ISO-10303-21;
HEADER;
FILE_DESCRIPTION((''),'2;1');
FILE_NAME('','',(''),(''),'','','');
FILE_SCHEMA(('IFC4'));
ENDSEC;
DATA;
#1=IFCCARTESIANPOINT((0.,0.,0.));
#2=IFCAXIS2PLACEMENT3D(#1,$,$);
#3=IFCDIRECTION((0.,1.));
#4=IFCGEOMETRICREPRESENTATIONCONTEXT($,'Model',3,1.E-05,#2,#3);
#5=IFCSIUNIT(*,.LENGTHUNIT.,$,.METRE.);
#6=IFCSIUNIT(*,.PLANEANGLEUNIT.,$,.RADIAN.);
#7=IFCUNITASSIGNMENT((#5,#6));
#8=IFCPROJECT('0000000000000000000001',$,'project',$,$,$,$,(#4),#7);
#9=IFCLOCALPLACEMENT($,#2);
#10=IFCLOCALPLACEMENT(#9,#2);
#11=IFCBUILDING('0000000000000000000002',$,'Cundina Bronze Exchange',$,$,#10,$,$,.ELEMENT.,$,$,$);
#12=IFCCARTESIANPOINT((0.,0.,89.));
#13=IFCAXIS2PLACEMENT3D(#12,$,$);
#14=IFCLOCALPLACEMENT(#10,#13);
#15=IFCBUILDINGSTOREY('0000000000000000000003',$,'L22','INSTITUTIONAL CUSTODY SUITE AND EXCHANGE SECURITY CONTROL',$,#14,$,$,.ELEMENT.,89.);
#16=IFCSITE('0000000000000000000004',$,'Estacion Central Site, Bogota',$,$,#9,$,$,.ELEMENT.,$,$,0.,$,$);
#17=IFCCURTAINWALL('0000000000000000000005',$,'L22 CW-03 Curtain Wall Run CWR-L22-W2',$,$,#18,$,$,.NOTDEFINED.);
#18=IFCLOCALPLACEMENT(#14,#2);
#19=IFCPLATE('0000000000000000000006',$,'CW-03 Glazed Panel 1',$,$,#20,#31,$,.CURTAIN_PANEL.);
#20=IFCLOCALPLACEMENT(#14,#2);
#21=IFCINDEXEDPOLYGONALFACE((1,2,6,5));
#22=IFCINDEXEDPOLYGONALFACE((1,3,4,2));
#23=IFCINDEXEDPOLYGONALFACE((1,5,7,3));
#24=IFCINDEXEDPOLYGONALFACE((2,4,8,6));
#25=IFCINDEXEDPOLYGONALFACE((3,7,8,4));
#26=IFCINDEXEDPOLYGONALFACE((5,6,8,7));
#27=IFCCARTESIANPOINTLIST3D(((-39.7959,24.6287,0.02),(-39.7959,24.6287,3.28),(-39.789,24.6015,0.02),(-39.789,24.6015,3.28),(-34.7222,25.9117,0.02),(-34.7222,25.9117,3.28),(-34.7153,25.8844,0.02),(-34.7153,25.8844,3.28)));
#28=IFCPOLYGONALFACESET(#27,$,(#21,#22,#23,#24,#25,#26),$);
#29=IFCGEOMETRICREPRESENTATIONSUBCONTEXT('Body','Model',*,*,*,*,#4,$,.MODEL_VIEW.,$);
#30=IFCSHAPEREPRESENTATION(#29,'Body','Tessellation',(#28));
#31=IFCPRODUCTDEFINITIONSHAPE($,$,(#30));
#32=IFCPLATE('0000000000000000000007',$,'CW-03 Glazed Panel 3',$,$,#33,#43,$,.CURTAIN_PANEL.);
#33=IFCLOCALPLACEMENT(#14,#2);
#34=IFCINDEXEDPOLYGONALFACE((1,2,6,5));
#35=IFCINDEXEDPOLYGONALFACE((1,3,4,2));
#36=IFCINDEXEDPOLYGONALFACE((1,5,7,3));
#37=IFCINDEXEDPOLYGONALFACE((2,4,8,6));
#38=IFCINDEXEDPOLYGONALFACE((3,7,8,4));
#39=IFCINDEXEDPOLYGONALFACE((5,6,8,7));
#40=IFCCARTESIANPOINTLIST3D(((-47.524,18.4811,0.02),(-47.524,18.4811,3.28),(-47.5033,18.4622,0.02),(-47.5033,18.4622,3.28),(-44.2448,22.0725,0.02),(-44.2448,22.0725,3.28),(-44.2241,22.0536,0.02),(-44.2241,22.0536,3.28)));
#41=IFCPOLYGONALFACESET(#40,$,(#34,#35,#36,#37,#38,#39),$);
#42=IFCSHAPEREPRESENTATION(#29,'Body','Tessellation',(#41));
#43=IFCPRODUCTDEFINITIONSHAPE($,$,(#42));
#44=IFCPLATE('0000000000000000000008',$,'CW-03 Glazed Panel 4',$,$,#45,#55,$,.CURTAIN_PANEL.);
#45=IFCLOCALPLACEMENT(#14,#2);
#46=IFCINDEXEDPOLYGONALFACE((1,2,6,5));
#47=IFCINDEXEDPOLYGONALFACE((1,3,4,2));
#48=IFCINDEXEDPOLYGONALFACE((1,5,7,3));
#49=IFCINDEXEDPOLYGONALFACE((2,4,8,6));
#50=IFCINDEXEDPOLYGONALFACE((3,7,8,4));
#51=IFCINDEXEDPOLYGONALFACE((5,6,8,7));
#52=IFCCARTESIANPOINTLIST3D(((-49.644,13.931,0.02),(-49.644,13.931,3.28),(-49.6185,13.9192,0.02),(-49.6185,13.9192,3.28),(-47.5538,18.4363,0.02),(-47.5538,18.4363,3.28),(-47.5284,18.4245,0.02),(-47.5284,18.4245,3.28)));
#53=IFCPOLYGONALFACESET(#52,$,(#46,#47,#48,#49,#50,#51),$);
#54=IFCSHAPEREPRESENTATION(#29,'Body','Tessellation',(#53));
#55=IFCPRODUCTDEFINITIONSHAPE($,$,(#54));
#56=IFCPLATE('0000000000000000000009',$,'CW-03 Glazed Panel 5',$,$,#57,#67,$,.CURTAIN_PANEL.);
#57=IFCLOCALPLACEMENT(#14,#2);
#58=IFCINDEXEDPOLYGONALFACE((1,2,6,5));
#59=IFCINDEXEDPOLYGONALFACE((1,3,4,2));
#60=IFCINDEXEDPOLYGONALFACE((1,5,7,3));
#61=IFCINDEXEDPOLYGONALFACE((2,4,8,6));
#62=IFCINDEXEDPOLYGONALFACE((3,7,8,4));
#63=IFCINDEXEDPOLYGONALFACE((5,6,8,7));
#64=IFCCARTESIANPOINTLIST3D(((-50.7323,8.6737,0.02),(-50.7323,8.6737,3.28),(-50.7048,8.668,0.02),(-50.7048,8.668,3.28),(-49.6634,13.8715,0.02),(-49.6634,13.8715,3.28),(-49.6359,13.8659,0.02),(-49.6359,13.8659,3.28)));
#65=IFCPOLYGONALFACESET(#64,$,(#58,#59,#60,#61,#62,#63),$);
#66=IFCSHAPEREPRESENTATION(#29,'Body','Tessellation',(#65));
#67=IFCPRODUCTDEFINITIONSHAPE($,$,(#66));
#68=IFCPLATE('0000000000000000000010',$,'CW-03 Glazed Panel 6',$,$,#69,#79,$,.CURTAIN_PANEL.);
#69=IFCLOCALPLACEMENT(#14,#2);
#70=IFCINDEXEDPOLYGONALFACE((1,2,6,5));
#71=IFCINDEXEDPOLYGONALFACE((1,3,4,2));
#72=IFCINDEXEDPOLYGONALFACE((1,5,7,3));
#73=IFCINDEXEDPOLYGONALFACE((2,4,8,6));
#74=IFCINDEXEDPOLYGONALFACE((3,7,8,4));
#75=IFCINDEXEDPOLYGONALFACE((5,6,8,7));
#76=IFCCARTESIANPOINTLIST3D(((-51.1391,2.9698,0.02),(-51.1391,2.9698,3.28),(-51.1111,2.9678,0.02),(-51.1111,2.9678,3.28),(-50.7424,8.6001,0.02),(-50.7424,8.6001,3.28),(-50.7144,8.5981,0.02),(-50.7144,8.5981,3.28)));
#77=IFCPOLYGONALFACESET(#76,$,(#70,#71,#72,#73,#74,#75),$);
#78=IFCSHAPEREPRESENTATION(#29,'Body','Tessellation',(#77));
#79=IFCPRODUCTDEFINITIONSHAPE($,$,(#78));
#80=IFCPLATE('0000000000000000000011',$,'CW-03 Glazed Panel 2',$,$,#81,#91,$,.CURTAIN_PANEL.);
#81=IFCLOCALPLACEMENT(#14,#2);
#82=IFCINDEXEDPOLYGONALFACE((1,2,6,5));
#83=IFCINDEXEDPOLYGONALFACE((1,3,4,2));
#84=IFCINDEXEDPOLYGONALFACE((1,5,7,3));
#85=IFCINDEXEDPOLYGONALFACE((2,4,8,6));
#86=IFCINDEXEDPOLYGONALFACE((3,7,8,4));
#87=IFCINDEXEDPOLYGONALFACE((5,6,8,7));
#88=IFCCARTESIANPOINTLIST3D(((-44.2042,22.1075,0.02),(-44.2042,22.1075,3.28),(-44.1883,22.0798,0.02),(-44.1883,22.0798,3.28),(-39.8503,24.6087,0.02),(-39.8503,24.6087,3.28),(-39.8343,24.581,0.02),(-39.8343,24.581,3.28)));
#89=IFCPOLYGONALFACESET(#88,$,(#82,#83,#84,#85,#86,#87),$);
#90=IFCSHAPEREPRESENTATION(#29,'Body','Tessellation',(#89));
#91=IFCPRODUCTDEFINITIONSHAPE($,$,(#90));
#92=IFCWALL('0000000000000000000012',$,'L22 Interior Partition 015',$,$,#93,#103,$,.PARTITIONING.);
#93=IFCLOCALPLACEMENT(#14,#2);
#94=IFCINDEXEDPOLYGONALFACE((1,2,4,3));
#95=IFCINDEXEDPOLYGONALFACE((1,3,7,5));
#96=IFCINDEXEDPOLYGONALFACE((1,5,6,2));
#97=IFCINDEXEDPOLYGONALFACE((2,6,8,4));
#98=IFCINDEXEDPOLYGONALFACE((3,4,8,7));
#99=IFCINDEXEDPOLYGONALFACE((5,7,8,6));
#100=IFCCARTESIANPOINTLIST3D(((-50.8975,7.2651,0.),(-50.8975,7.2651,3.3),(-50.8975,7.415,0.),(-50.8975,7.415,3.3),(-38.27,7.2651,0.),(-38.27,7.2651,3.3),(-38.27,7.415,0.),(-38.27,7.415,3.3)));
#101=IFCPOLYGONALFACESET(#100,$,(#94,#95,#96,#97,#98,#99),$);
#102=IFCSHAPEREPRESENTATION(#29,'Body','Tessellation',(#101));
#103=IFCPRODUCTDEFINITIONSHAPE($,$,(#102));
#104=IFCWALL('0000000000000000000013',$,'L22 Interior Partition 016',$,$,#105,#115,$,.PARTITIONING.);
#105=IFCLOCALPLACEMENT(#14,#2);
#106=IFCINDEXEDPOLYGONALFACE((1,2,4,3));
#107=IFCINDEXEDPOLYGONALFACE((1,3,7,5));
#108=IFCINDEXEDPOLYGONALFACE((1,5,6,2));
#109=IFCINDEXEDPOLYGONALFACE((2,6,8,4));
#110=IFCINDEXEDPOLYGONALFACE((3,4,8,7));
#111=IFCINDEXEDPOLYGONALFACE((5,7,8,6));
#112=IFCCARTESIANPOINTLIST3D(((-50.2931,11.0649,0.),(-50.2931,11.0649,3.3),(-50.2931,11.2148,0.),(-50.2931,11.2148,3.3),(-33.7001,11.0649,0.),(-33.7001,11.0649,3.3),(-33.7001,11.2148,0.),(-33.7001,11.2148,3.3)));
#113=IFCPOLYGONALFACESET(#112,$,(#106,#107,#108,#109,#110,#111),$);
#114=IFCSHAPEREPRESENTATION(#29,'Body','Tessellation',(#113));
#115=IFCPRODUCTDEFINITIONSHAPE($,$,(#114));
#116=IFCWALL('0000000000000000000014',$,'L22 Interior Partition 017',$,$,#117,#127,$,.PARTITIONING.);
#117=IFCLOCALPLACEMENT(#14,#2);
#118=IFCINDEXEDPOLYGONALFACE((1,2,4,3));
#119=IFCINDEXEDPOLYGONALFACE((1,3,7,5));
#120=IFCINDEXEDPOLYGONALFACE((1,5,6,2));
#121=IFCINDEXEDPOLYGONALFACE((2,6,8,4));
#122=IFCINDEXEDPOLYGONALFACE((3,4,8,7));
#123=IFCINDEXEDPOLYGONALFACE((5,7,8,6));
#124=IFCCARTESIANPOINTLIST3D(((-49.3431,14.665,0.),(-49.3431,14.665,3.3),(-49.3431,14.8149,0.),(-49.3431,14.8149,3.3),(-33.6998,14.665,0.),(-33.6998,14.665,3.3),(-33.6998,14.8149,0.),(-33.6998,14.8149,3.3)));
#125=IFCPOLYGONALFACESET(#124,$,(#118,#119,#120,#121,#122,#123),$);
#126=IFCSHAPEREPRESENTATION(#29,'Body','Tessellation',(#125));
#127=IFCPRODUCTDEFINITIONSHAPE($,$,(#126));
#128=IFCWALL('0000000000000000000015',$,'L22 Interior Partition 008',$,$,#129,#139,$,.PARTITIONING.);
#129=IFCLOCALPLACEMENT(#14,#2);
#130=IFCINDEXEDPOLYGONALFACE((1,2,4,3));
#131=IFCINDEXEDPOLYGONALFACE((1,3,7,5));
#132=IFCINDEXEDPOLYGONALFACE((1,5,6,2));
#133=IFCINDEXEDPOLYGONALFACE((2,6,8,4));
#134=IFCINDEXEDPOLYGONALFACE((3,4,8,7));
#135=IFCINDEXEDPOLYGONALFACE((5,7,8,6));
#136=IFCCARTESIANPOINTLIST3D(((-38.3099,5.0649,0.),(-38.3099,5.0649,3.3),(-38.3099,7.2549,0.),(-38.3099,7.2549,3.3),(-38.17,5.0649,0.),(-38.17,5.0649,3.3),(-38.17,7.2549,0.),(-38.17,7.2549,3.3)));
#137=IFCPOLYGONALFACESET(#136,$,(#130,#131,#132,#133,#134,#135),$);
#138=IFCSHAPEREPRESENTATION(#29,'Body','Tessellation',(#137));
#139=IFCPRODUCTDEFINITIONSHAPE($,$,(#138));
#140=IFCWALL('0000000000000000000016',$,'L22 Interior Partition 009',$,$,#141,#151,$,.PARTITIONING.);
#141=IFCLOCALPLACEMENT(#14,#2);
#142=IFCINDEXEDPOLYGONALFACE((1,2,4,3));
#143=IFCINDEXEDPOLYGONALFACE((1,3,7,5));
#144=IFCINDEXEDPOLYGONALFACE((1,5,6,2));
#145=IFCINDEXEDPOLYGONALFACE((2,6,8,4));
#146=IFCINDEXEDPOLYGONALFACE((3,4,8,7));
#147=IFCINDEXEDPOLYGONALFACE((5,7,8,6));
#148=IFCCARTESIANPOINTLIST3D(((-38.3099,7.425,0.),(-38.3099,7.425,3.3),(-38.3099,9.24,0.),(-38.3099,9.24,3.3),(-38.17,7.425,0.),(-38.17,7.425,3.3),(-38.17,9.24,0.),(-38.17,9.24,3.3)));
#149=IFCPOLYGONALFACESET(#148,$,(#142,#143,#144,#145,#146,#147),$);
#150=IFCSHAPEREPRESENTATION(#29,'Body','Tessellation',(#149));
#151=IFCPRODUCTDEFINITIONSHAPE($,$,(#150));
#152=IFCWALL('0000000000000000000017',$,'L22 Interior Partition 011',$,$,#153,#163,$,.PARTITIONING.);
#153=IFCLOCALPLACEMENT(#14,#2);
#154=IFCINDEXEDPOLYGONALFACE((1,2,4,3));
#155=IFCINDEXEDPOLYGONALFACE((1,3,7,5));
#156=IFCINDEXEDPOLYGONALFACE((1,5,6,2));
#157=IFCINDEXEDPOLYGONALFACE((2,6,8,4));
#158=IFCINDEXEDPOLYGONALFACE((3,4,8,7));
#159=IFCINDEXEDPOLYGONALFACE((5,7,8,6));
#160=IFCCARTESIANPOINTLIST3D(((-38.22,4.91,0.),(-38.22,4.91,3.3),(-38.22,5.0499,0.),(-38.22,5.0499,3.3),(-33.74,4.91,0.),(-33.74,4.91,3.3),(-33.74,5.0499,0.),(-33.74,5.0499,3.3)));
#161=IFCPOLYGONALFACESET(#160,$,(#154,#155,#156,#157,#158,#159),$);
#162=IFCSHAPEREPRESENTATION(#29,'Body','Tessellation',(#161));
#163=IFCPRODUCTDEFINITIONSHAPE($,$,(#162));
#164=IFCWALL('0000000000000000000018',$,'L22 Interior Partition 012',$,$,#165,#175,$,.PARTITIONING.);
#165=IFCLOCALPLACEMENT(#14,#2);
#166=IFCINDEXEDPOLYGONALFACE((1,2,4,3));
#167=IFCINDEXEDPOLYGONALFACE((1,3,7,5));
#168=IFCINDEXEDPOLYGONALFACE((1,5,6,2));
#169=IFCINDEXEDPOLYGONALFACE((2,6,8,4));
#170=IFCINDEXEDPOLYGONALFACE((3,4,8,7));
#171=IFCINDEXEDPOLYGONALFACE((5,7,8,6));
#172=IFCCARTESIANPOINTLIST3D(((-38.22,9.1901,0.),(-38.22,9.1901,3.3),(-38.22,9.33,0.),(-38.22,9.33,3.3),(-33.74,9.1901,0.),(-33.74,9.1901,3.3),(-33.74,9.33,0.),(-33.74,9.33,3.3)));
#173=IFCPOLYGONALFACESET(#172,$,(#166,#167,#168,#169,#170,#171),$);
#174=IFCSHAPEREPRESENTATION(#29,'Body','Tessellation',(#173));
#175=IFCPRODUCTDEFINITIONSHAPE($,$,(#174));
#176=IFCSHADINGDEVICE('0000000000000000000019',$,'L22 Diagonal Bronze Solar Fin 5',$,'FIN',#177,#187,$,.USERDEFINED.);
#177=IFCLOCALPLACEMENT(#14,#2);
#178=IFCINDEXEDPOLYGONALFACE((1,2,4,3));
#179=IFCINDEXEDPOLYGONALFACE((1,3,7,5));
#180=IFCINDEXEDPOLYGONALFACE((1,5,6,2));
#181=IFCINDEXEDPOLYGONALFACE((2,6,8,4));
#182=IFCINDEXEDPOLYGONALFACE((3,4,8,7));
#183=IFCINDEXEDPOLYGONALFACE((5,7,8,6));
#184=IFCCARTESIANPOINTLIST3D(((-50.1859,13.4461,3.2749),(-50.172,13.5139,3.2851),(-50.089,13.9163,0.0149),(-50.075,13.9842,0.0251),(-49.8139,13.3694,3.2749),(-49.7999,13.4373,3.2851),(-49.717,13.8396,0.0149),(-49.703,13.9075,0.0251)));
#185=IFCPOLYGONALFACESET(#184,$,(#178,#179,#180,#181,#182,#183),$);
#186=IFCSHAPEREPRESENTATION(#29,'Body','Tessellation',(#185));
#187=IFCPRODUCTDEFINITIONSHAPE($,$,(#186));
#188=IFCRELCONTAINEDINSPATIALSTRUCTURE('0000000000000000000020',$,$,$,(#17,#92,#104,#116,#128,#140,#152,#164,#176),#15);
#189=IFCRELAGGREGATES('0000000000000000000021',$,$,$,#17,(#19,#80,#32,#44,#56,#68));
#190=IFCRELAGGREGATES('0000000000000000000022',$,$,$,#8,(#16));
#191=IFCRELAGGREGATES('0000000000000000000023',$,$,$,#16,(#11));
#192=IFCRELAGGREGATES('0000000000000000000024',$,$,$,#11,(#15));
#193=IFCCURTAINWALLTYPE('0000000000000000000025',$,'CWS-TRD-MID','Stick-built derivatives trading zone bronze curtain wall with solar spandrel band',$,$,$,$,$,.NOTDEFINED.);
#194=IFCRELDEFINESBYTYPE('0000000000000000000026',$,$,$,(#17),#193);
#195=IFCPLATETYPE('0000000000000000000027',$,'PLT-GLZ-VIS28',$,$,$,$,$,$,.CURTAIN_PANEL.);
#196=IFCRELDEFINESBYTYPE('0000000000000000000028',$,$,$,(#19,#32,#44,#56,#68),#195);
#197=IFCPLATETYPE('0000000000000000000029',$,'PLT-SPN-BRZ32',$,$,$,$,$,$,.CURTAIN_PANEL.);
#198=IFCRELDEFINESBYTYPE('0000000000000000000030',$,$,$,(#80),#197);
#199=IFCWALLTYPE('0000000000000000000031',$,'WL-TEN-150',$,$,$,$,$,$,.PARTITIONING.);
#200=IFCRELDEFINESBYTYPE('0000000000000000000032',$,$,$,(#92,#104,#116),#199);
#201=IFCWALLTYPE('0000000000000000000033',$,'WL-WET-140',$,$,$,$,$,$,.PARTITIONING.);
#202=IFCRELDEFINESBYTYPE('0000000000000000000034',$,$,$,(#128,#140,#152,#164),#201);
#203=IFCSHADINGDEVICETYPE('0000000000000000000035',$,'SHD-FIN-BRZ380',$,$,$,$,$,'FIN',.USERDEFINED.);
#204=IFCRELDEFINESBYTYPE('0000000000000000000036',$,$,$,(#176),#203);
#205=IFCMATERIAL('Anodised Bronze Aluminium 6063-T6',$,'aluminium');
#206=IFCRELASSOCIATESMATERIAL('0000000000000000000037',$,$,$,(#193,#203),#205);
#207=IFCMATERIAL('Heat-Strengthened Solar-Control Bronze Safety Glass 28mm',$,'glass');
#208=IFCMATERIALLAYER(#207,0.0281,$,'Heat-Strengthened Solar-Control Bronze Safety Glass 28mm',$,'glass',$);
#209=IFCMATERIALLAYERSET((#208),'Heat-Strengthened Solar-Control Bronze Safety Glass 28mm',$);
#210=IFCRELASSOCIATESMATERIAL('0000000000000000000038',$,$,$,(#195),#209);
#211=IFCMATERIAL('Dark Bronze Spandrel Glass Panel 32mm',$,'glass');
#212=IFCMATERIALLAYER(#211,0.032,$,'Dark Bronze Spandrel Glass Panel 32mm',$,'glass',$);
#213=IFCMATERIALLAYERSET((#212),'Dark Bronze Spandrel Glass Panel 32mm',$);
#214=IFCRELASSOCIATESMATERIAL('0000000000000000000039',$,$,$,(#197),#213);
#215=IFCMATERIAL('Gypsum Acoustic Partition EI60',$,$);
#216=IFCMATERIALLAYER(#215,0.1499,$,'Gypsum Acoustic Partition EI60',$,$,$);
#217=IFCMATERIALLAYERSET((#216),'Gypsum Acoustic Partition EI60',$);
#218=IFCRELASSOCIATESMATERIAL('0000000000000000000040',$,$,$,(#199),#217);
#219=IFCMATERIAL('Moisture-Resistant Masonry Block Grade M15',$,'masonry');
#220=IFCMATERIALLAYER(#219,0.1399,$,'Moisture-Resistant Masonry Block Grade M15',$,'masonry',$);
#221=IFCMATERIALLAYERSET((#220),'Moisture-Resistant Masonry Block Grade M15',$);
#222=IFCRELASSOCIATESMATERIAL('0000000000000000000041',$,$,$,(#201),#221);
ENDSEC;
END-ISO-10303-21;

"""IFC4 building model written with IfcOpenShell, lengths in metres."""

from ifc_helpers import new_model, si_unit, direction, frame, frame_2d, origin, origin_2d, place, context, subcontext, project, spatial, rectangle, extrude, material, layer, layer_set, material_profile, profile_set, type_object, element, aggregate, save


model = new_model("IFC4")

# Units and contexts
model_context = context("Model", 3, precision=1e-05, world=origin(), true_north=direction((0.0, 1.0)))
body_context = subcontext(model_context, "Body", "Model", "MODEL_VIEW")
ifc_project = project(units=[si_unit("LENGTHUNIT", "METRE"), si_unit("PLANEANGLEUNIT", "RADIAN")], contexts=[model_context])

# Site, building, storey
site_placement = place(None, origin())
site = spatial("IfcSite", under=ifc_project, at=site_placement, Name="Estacion Central Site, Bogota", CompositionType="ELEMENT", RefElevation=0.0)
building_placement = place(site_placement, origin())
building = spatial("IfcBuilding", under=site, at=building_placement, Name="Cundina Bronze Exchange", CompositionType="ELEMENT")
storey_placement = place(building_placement, frame((0.0, 0.0, 89.0)))
storey = spatial("IfcBuildingStorey", under=building, at=storey_placement, Name="L22", Description="INSTITUTIONAL CUSTODY SUITE AND EXCHANGE SECURITY CONTROL", CompositionType="ELEMENT", Elevation=89.0)

# Curtain wall, plates
ifc_material_1 = material(Name="Anodised Bronze Aluminium 6063-T6", Category="aluminium")
curtain_wall_type = type_object("IfcCurtainWallType", Name="CWS-TRD-MID", Description="Stick-built derivatives trading zone bronze curtain wall with solar spandrel band", PredefinedType="NOTDEFINED", material=ifc_material_1)
curtain_wall_placement = place(storey_placement, origin())
curtain_wall = element("IfcCurtainWall", 1, at=curtain_wall_placement, inside=storey, type_object=curtain_wall_type, Name="L22 CW-03 Curtain Wall Run CWR-L22-W2", PredefinedType="NOTDEFINED")
ifc_material_2 = material(Name="Heat-Strengthened Solar-Control Bronze Safety Glass 28mm", Category="glass")
ifc_layer_1 = layer(ifc_material_2, 0.0281, Name="Heat-Strengthened Solar-Control Bronze Safety Glass 28mm", Category="glass")
ifc_layer_set_1 = layer_set([ifc_layer_1], Name="Heat-Strengthened Solar-Control Bronze Safety Glass 28mm")
plate_type_1 = type_object("IfcPlateType", Name="PLT-GLZ-VIS28", PredefinedType="CURTAIN_PANEL", material=ifc_layer_set_1)
plate_1_placement = place(storey_placement, frame((-37.2556, 25.2566, 0.02), z_axis=(0.0, 0.0, 1.0), x_axis=(-0.969488, -0.245138, 0.0)))
plate_1 = element("IfcPlate", 2, at=plate_1_placement, type_object=plate_type_1, Name="CW-03 Glazed Panel 1", PredefinedType="CURTAIN_PANEL", context=body_context, shape_type="SweptSolid", body=[
    extrude(rectangle(XDim=5.2334, YDim=0.0281, at=origin_2d()), origin(), (0.0, 0.0, 1.0), 3.26),
])
plate_2_placement = place(storey_placement, frame((-45.874, 20.2673, 0.02), z_axis=(0.0, 0.0, 1.0), x_axis=(-0.674277, -0.738479, 0.0)))
plate_2 = element("IfcPlate", 3, at=plate_2_placement, type_object=plate_type_1, Name="CW-03 Glazed Panel 3", PredefinedType="CURTAIN_PANEL", context=body_context, shape_type="SweptSolid", body=[
    extrude(rectangle(XDim=4.8633, YDim=0.0281, at=origin_2d()), origin(), (0.0, 0.0, 1.0), 3.26),
])
plate_3_placement = place(storey_placement, frame((-48.5862, 16.1777, 0.02), z_axis=(0.0, 0.0, 1.0), x_axis=(-0.420846, -0.907132, 0.0)))
plate_3 = element("IfcPlate", 4, at=plate_3_placement, type_object=plate_type_1, Name="CW-03 Glazed Panel 4", PredefinedType="CURTAIN_PANEL", context=body_context, shape_type="SweptSolid", body=[
    extrude(rectangle(XDim=4.9666, YDim=0.0281, at=origin_2d()), origin(), (0.0, 0.0, 1.0), 3.26),
])
plate_4_placement = place(storey_placement, frame((-50.1841, 11.2698, 0.02), z_axis=(0.0, 0.0, 1.0), x_axis=(-0.20142, -0.979505, 0.0)))
plate_4 = element("IfcPlate", 5, at=plate_4_placement, type_object=plate_type_1, Name="CW-03 Glazed Panel 5", PredefinedType="CURTAIN_PANEL", context=body_context, shape_type="SweptSolid", body=[
    extrude(rectangle(XDim=5.3066, YDim=0.0281, at=origin_2d()), origin(), (0.0, 0.0, 1.0), 3.26),
])
plate_5_placement = place(storey_placement, frame((-50.9268, 5.7839, 0.02), z_axis=(0.0, 0.0, 1.0), x_axis=(-0.070279, -0.997527, 0.0)))
plate_5 = element("IfcPlate", 6, at=plate_5_placement, type_object=plate_type_1, Name="CW-03 Glazed Panel 6", PredefinedType="CURTAIN_PANEL", context=body_context, shape_type="SweptSolid", body=[
    extrude(rectangle(XDim=5.6443, YDim=0.0281, at=origin_2d()), origin(), (0.0, 0.0, 1.0), 3.26),
])
ifc_material_3 = material(Name="Dark Bronze Spandrel Glass Panel 32mm", Category="glass")
ifc_layer_2 = layer(ifc_material_3, 0.032, Name="Dark Bronze Spandrel Glass Panel 32mm", Category="glass")
ifc_layer_set_2 = layer_set([ifc_layer_2], Name="Dark Bronze Spandrel Glass Panel 32mm")
plate_type_2 = type_object("IfcPlateType", Name="PLT-SPN-BRZ32", PredefinedType="CURTAIN_PANEL", material=ifc_layer_set_2)
plate_6_placement = place(storey_placement, frame((-42.0193, 23.3442, 0.02), z_axis=(0.0, 0.0, 1.0), x_axis=(-0.867105, -0.498125, 0.0)))
plate_6 = element("IfcPlate", 7, at=plate_6_placement, type_object=plate_type_2, Name="CW-03 Glazed Panel 2", PredefinedType="CURTAIN_PANEL", context=body_context, shape_type="SweptSolid", body=[
    extrude(rectangle(XDim=5.0212, YDim=0.032, at=origin_2d()), origin(), (0.0, 0.0, 1.0), 3.26),
])
aggregate(curtain_wall, [plate_1, plate_6, plate_2, plate_3, plate_4, plate_5])

# Walls
ifc_material_4 = material(Name="Gypsum Acoustic Partition EI60")
ifc_layer_3 = layer(ifc_material_4, 0.1499, Name="Gypsum Acoustic Partition EI60")
ifc_layer_set_3 = layer_set([ifc_layer_3], Name="Gypsum Acoustic Partition EI60")
wall_type_1 = type_object("IfcWallType", Name="WL-TEN-150", PredefinedType="PARTITIONING", material=ifc_layer_set_3)
wall_1_placement = place(storey_placement, frame((-50.8975, 7.3401, 0.0), z_axis=(0.0, 0.0, 1.0), x_axis=(1.0, 0.0, 0.0)))
element("IfcWall", 8, at=wall_1_placement, inside=storey, type_object=wall_type_1, Name="L22 Interior Partition 015", PredefinedType="PARTITIONING", context=body_context, shape_type="SweptSolid", body=[
    extrude(rectangle(XDim=12.6274, YDim=0.1499, at=frame_2d((6.3137, 0.0))), origin(), (0.0, 0.0, 1.0), 3.3),
])
wall_2_placement = place(storey_placement, frame((-50.293, 11.1399, 0.0), z_axis=(0.0, 0.0, 1.0), x_axis=(1.0, 0.0, 0.0)))
element("IfcWall", 9, at=wall_2_placement, inside=storey, type_object=wall_type_1, Name="L22 Interior Partition 016", PredefinedType="PARTITIONING", context=body_context, shape_type="SweptSolid", body=[
    extrude(rectangle(XDim=16.593, YDim=0.1499, at=frame_2d((8.2964, 0.0))), origin(), (0.0, 0.0, 1.0), 3.3),
])
wall_3_placement = place(storey_placement, frame((-49.3433, 14.74, 0.0), z_axis=(0.0, 0.0, 1.0), x_axis=(1.0, 0.0, 0.0)))
element("IfcWall", 10, at=wall_3_placement, inside=storey, type_object=wall_type_1, Name="L22 Interior Partition 017", PredefinedType="PARTITIONING", context=body_context, shape_type="SweptSolid", body=[
    extrude(rectangle(XDim=15.6433, YDim=0.1499, at=frame_2d((7.8218, 0.0))), origin(), (0.0, 0.0, 1.0), 3.3),
])
ifc_material_5 = material(Name="Moisture-Resistant Masonry Block Grade M15", Category="masonry")
ifc_layer_4 = layer(ifc_material_5, 0.1399, Name="Moisture-Resistant Masonry Block Grade M15", Category="masonry")
ifc_layer_set_4 = layer_set([ifc_layer_4], Name="Moisture-Resistant Masonry Block Grade M15")
wall_type_2 = type_object("IfcWallType", Name="WL-WET-140", PredefinedType="PARTITIONING", material=ifc_layer_set_4)
wall_4_placement = place(storey_placement, frame((-38.24, 5.0649, 0.0), z_axis=(0.0, 0.0, 1.0), x_axis=(0.0, 1.0, 0.0)))
element("IfcWall", 11, at=wall_4_placement, inside=storey, type_object=wall_type_2, Name="L22 Interior Partition 008", PredefinedType="PARTITIONING", context=body_context, shape_type="SweptSolid", body=[
    extrude(rectangle(XDim=2.1899, YDim=0.1399, at=frame_2d((1.095, 0.0))), origin(), (0.0, 0.0, 1.0), 3.3),
])
wall_5_placement = place(storey_placement, frame((-38.24, 7.425, 0.0), z_axis=(0.0, 0.0, 1.0), x_axis=(0.0, 1.0, 0.0)))
element("IfcWall", 12, at=wall_5_placement, inside=storey, type_object=wall_type_2, Name="L22 Interior Partition 009", PredefinedType="PARTITIONING", context=body_context, shape_type="SweptSolid", body=[
    extrude(rectangle(XDim=1.8149, YDim=0.1399, at=frame_2d((0.9075, 0.0))), origin(), (0.0, 0.0, 1.0), 3.3),
])
for number, where, z_axis, x_axis, name in (
    (13, (-38.22, 4.98, 0.0), (0.0, 0.0, 1.0), (1.0, 0.0, 0.0), "L22 Interior Partition 011"),
    (14, (-38.22, 9.26, 0.0), (0.0, 0.0, 1.0), (1.0, 0.0, 0.0), "L22 Interior Partition 012"),
):
    element("IfcWall", number, at=place(storey_placement, frame(where, z_axis=z_axis, x_axis=x_axis)), inside=storey, type_object=wall_type_2, Name=name, PredefinedType="PARTITIONING", context=body_context, shape_type="SweptSolid", body=[
        extrude(rectangle(XDim=4.48, YDim=0.1399, at=frame_2d((2.24, 0.0))), origin(), (0.0, 0.0, 1.0), 3.3),
    ])

# Shading device
ifc_material_profile_1 = material_profile(ifc_material_1, rectangle(XDim=0.0701, YDim=0.3799, at=origin_2d()), Name="FIN70X380", Category="aluminium")
ifc_profile_set_1 = profile_set([ifc_material_profile_1], Name="Anodised Bronze Aluminium 6063-T6")
shading_device_type = type_object("IfcShadingDeviceType", Name="SHD-FIN-BRZ380", ElementType="FIN", PredefinedType="USERDEFINED", material=ifc_profile_set_1)
shading_device_placement = place(storey_placement, frame((-49.896, 13.9119, 0.02), z_axis=(-0.029414, -0.142698, 0.989329), x_axis=(0.199728, 0.968959, 0.145698)))
element("IfcShadingDevice", 15, at=shading_device_placement, inside=storey, type_object=shading_device_type, Name="L22 Diagonal Bronze Solar Fin 5", ObjectType="FIN", PredefinedType="USERDEFINED", context=body_context, shape_type="SweptSolid", body=[
    extrude(rectangle(XDim=0.0701, YDim=0.3799, at=origin_2d()), origin(), (0.0, 0.0, 1.0), 3.2952),
])

save(model, "model.ifc")
